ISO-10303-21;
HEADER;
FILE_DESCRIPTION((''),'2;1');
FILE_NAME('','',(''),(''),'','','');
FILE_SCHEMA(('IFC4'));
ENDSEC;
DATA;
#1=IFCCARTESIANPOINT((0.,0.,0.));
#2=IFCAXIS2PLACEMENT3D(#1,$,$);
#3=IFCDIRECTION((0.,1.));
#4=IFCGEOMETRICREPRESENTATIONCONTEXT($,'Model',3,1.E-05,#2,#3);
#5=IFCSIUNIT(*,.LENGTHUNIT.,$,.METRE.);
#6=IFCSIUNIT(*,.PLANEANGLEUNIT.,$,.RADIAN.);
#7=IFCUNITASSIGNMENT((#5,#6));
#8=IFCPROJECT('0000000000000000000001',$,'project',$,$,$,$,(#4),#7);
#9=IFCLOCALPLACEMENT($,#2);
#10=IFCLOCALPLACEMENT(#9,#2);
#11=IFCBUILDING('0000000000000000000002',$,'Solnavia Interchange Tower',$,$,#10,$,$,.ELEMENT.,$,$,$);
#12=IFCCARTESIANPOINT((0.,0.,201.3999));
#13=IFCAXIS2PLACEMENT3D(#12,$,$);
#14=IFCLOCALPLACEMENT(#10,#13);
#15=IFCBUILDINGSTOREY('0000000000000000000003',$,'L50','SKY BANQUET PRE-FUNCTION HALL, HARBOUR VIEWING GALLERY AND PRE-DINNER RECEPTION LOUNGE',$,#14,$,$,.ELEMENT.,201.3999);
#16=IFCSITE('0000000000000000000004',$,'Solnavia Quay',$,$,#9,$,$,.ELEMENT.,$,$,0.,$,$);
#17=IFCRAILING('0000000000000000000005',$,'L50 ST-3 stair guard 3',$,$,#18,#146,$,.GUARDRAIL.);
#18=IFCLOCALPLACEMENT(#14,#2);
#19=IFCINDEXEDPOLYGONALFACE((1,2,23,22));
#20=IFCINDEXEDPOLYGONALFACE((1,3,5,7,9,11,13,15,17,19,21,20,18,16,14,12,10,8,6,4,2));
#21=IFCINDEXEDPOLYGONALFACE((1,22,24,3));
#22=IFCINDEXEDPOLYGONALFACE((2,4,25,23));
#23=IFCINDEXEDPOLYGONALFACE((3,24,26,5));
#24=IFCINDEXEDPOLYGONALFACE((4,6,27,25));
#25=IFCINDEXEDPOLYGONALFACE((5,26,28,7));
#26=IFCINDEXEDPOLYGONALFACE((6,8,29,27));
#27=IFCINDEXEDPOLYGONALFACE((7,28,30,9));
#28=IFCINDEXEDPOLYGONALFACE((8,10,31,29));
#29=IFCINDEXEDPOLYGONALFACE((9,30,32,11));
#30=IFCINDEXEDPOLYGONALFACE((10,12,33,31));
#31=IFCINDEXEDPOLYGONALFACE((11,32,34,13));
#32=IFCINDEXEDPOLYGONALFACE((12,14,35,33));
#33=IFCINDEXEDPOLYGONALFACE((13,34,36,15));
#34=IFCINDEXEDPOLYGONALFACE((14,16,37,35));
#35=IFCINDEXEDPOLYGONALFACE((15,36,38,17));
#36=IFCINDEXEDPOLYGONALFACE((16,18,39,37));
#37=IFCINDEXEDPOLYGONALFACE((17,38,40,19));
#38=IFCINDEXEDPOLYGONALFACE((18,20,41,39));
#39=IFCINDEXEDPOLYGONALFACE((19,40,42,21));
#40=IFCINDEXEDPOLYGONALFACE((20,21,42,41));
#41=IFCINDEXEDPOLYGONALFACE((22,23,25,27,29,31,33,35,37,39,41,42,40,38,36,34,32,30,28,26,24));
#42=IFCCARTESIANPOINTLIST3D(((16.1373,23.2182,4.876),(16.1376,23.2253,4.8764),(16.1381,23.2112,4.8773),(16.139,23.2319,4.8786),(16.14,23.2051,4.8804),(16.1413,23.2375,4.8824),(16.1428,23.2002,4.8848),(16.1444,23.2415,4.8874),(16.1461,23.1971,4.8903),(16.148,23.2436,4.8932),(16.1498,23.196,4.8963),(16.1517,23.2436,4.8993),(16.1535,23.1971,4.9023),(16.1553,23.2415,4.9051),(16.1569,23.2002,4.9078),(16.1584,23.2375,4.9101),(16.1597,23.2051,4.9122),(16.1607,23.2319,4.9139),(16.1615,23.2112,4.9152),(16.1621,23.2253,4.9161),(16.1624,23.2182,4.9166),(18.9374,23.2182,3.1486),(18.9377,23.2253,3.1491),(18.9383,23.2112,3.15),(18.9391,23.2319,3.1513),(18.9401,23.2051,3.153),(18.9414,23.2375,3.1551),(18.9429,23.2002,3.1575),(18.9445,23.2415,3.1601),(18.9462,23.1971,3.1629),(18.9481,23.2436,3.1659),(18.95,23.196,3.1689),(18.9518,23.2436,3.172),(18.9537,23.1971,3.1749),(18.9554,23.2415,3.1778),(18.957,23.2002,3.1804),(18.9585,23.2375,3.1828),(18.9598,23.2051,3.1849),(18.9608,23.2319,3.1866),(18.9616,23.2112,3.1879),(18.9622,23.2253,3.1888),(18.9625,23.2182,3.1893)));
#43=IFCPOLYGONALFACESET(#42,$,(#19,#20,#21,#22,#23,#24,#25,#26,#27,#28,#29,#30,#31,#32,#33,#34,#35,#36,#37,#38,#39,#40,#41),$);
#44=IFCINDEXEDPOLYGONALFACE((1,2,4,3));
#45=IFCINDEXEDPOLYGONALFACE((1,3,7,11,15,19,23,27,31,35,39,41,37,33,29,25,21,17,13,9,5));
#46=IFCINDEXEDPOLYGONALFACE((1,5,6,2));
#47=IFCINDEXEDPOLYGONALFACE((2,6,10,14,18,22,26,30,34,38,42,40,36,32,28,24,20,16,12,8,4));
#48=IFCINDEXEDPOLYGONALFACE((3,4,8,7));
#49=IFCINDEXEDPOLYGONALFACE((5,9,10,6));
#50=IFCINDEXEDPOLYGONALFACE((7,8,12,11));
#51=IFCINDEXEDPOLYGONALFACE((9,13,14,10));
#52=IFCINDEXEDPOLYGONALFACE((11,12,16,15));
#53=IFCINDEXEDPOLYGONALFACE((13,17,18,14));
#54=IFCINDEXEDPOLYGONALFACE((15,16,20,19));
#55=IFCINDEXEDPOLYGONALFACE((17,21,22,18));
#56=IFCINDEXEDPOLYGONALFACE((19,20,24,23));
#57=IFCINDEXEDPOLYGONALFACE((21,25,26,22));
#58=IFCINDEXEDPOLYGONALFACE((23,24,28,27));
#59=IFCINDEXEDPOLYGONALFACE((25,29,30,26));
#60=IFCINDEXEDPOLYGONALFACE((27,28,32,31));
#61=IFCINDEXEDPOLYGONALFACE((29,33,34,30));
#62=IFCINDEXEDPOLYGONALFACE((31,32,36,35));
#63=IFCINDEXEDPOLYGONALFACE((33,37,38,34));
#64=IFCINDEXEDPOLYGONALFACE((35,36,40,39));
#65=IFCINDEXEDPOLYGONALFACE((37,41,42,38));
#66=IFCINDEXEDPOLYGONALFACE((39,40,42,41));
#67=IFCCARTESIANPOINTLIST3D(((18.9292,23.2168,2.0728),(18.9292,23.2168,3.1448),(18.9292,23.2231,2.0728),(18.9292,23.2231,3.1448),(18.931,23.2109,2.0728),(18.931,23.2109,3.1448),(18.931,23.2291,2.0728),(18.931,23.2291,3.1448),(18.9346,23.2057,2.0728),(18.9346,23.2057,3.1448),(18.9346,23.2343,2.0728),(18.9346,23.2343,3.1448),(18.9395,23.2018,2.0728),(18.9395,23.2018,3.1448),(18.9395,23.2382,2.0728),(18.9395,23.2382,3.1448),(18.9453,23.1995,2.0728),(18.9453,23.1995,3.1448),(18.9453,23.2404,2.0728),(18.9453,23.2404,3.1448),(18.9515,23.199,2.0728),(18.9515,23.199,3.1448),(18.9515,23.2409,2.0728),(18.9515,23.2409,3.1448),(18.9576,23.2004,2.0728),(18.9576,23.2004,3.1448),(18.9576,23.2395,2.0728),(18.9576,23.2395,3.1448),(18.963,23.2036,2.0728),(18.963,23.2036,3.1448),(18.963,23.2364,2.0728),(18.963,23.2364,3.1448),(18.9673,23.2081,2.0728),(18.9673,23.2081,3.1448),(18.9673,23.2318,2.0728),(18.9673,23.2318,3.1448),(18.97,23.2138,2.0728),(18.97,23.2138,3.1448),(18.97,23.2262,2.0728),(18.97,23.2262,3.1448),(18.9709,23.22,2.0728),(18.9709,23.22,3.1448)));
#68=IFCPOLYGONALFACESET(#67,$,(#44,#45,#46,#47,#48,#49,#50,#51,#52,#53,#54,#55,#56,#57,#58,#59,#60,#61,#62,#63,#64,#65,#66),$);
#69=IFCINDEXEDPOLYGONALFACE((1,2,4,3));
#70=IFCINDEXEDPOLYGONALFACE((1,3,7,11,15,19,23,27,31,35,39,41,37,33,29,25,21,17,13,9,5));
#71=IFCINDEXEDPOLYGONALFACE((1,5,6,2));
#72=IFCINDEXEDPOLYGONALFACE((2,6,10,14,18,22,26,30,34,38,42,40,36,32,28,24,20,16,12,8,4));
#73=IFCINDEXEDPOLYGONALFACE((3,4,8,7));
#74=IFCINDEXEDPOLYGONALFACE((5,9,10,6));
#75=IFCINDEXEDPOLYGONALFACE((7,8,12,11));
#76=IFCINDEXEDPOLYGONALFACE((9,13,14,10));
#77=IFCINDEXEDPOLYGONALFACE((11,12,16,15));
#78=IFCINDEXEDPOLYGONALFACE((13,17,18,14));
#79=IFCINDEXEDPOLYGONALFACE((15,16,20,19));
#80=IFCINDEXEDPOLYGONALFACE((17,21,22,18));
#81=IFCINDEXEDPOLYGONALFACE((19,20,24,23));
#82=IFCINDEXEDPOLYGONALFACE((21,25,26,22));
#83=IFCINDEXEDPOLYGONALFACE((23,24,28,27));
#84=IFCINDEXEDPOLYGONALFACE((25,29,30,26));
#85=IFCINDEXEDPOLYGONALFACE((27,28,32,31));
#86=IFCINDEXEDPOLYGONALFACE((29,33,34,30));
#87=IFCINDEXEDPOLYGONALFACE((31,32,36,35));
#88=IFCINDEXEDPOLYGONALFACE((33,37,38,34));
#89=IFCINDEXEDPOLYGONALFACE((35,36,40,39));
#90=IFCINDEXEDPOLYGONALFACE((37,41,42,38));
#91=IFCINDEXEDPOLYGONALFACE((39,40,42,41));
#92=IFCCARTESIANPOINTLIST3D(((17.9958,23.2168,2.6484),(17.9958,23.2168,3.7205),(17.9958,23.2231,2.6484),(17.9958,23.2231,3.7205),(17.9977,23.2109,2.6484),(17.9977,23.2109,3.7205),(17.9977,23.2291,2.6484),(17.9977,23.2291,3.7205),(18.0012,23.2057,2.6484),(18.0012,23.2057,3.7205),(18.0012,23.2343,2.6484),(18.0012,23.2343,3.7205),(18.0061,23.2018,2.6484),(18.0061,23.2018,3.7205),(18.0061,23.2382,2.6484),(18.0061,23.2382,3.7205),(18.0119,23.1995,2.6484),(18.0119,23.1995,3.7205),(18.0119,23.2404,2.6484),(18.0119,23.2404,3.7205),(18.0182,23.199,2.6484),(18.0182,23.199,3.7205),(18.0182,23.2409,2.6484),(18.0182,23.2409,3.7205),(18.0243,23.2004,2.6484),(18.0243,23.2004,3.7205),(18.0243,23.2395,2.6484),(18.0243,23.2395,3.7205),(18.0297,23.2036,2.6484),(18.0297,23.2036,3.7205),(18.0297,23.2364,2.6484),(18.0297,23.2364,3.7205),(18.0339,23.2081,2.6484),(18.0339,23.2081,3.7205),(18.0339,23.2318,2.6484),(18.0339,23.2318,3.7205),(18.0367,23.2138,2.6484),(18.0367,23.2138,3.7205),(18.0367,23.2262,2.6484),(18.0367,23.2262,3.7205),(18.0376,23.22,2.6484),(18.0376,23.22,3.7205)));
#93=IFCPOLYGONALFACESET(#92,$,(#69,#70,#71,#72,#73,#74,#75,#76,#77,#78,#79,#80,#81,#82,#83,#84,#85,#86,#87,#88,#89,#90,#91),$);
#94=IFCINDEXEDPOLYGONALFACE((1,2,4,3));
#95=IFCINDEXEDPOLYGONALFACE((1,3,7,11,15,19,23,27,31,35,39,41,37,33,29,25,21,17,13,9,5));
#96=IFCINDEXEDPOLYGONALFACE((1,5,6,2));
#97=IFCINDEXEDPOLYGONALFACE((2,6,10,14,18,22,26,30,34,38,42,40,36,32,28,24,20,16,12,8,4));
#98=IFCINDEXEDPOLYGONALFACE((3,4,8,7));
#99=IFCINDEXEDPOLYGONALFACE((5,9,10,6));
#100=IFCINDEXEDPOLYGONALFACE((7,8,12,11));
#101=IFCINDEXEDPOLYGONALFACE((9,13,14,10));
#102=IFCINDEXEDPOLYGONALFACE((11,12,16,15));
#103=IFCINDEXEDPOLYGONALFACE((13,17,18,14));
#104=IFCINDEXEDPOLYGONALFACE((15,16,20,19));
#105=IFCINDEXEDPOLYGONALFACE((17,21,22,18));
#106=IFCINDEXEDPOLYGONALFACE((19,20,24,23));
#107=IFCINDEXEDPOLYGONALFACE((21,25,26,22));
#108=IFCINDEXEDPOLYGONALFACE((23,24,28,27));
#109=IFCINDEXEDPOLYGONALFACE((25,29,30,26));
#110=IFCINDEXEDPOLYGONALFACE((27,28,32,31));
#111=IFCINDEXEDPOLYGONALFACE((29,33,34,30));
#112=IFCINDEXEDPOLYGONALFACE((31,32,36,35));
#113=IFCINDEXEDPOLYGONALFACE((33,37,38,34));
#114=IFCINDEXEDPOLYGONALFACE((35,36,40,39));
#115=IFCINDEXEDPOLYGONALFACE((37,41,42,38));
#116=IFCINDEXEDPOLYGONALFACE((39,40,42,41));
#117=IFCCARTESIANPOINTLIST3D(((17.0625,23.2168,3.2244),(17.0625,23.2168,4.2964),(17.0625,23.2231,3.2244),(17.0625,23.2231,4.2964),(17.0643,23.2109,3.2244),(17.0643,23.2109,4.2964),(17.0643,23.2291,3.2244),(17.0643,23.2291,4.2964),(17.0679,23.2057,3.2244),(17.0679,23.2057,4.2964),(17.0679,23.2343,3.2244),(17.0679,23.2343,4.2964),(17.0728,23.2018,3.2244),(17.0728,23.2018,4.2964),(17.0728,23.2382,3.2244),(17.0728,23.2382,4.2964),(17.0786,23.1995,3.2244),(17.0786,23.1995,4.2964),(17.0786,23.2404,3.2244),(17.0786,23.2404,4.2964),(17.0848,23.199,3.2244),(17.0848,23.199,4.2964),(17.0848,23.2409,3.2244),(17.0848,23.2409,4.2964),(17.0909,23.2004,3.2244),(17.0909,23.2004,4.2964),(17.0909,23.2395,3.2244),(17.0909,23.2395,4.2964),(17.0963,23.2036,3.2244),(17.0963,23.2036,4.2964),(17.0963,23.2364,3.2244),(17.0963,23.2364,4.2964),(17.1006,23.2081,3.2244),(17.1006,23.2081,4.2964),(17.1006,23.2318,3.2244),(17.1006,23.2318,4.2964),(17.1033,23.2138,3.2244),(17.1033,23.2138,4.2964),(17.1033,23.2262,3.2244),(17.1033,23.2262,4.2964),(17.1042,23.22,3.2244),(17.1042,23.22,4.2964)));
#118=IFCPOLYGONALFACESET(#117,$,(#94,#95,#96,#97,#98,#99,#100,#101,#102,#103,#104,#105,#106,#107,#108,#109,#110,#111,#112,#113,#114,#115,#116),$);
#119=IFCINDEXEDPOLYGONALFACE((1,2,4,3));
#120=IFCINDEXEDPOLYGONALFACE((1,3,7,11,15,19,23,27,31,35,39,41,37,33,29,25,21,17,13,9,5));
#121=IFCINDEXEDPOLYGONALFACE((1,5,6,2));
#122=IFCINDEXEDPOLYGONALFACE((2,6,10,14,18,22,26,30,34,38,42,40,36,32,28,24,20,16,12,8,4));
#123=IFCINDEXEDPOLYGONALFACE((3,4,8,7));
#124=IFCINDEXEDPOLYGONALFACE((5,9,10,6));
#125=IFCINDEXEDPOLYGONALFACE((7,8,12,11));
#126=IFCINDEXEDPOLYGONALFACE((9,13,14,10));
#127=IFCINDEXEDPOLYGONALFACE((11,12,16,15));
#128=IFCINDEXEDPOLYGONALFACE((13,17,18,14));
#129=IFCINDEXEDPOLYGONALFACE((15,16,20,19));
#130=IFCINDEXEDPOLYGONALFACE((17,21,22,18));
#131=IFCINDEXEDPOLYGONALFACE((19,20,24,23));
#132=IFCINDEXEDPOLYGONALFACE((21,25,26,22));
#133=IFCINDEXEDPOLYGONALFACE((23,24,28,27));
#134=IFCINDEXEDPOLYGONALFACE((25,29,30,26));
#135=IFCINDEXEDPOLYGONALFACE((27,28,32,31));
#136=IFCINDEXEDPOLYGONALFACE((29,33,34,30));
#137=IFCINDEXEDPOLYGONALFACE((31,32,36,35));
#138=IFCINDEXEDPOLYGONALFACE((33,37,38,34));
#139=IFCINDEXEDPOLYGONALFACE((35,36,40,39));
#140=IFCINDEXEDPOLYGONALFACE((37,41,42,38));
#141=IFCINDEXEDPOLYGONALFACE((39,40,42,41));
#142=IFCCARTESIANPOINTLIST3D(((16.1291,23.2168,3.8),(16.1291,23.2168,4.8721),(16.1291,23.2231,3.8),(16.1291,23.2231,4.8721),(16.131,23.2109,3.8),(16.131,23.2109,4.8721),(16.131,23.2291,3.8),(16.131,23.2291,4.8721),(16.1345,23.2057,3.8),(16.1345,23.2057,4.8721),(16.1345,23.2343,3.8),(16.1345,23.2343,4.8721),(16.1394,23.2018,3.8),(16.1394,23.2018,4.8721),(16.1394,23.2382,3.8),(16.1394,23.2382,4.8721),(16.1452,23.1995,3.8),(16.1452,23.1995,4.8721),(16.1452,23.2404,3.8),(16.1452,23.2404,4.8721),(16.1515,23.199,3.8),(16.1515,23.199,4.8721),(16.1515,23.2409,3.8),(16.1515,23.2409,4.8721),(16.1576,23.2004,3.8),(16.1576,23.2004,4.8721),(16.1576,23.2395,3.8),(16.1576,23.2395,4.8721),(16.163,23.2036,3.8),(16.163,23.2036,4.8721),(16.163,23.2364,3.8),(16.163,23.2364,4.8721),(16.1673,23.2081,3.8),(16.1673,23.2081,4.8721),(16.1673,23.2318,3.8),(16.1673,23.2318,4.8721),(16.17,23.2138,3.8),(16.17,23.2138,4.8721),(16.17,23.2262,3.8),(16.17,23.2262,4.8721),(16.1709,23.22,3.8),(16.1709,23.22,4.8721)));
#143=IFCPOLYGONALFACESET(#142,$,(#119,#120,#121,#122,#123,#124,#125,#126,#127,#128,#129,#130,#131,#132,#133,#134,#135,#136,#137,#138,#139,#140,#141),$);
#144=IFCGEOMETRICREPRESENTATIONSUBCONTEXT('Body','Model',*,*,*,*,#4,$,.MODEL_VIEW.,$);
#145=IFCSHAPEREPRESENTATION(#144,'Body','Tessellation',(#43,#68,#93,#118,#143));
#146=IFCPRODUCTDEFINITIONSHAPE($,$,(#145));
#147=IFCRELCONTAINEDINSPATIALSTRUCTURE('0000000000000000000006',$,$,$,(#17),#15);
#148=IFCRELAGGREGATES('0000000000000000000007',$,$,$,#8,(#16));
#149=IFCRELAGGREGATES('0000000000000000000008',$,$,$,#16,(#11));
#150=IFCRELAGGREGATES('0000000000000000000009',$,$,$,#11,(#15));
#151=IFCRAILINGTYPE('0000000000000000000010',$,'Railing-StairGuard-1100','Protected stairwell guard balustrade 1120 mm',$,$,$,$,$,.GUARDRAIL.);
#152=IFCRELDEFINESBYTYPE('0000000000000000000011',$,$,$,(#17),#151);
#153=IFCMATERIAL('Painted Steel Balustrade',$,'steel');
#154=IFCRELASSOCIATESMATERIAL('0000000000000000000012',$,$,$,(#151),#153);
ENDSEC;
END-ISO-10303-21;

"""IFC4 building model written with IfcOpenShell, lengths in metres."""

from ifc_helpers import new_model, si_unit, direction, frame, origin, origin_2d, place, context, subcontext, project, spatial, circle, extrude, material, type_object, element, save


model = new_model("IFC4")

# Units and contexts
model_context = context("Model", 3, precision=1e-05, world=origin(), true_north=direction((0.0, 1.0)))
body_context = subcontext(model_context, "Body", "Model", "MODEL_VIEW")
ifc_project = project(units=[si_unit("LENGTHUNIT", "METRE"), si_unit("PLANEANGLEUNIT", "RADIAN")], contexts=[model_context])

# Site, building, storey
site_placement = place(None, origin())
site = spatial("IfcSite", under=ifc_project, at=site_placement, Name="Solnavia Quay", CompositionType="ELEMENT", RefElevation=0.0)
building_placement = place(site_placement, origin())
building = spatial("IfcBuilding", under=site, at=building_placement, Name="Solnavia Interchange Tower", CompositionType="ELEMENT")
storey_placement = place(building_placement, frame((0.0, 0.0, 201.3999)))
storey = spatial("IfcBuildingStorey", under=building, at=storey_placement, Name="L50", Description="SKY BANQUET PRE-FUNCTION HALL, HARBOUR VIEWING GALLERY AND PRE-DINNER RECEPTION LOUNGE", CompositionType="ELEMENT", Elevation=201.3999)

# Railing
ifc_material_1 = material(Name="Painted Steel Balustrade", Category="steel")
railing_type_1 = type_object("IfcRailingType", Name="Railing-StairGuard-1100", Description="Protected stairwell guard balustrade 1120 mm", PredefinedType="GUARDRAIL", material=ifc_material_1)
railing_1_placement = place(storey_placement, frame((18.95, 23.22, 2.0728)))
element("IfcRailing", 1, at=railing_1_placement, inside=storey, type_object=railing_type_1, Name="L50 ST-3 stair guard 3", PredefinedType="GUARDRAIL", context=body_context, shape_type="SweptSolid", body=[
    extrude(circle(Radius=0.0239, at=origin_2d()), frame((0.0, 0.0, 1.0962), z_axis=(-0.85109, 0.0, 0.52502), x_axis=(0.0, -1.0, 0.0)), (0.0, 0.0, 1.0), 3.29),
    extrude(circle(Radius=0.021, at=origin_2d()), origin(), (0.0, 0.0, 1.0), 1.072),
    extrude(circle(Radius=0.021, at=origin_2d()), frame((-0.9333, 0.0, 0.5757)), (0.0, 0.0, 1.0), 1.072),
    extrude(circle(Radius=0.021, at=origin_2d()), frame((-1.8667, 0.0, 1.1516)), (0.0, 0.0, 1.0), 1.072),
    extrude(circle(Radius=0.021, at=origin_2d()), frame((-2.8, 0.0, 1.7273)), (0.0, 0.0, 1.0), 1.072),
])

save(model, "model.ifc")
